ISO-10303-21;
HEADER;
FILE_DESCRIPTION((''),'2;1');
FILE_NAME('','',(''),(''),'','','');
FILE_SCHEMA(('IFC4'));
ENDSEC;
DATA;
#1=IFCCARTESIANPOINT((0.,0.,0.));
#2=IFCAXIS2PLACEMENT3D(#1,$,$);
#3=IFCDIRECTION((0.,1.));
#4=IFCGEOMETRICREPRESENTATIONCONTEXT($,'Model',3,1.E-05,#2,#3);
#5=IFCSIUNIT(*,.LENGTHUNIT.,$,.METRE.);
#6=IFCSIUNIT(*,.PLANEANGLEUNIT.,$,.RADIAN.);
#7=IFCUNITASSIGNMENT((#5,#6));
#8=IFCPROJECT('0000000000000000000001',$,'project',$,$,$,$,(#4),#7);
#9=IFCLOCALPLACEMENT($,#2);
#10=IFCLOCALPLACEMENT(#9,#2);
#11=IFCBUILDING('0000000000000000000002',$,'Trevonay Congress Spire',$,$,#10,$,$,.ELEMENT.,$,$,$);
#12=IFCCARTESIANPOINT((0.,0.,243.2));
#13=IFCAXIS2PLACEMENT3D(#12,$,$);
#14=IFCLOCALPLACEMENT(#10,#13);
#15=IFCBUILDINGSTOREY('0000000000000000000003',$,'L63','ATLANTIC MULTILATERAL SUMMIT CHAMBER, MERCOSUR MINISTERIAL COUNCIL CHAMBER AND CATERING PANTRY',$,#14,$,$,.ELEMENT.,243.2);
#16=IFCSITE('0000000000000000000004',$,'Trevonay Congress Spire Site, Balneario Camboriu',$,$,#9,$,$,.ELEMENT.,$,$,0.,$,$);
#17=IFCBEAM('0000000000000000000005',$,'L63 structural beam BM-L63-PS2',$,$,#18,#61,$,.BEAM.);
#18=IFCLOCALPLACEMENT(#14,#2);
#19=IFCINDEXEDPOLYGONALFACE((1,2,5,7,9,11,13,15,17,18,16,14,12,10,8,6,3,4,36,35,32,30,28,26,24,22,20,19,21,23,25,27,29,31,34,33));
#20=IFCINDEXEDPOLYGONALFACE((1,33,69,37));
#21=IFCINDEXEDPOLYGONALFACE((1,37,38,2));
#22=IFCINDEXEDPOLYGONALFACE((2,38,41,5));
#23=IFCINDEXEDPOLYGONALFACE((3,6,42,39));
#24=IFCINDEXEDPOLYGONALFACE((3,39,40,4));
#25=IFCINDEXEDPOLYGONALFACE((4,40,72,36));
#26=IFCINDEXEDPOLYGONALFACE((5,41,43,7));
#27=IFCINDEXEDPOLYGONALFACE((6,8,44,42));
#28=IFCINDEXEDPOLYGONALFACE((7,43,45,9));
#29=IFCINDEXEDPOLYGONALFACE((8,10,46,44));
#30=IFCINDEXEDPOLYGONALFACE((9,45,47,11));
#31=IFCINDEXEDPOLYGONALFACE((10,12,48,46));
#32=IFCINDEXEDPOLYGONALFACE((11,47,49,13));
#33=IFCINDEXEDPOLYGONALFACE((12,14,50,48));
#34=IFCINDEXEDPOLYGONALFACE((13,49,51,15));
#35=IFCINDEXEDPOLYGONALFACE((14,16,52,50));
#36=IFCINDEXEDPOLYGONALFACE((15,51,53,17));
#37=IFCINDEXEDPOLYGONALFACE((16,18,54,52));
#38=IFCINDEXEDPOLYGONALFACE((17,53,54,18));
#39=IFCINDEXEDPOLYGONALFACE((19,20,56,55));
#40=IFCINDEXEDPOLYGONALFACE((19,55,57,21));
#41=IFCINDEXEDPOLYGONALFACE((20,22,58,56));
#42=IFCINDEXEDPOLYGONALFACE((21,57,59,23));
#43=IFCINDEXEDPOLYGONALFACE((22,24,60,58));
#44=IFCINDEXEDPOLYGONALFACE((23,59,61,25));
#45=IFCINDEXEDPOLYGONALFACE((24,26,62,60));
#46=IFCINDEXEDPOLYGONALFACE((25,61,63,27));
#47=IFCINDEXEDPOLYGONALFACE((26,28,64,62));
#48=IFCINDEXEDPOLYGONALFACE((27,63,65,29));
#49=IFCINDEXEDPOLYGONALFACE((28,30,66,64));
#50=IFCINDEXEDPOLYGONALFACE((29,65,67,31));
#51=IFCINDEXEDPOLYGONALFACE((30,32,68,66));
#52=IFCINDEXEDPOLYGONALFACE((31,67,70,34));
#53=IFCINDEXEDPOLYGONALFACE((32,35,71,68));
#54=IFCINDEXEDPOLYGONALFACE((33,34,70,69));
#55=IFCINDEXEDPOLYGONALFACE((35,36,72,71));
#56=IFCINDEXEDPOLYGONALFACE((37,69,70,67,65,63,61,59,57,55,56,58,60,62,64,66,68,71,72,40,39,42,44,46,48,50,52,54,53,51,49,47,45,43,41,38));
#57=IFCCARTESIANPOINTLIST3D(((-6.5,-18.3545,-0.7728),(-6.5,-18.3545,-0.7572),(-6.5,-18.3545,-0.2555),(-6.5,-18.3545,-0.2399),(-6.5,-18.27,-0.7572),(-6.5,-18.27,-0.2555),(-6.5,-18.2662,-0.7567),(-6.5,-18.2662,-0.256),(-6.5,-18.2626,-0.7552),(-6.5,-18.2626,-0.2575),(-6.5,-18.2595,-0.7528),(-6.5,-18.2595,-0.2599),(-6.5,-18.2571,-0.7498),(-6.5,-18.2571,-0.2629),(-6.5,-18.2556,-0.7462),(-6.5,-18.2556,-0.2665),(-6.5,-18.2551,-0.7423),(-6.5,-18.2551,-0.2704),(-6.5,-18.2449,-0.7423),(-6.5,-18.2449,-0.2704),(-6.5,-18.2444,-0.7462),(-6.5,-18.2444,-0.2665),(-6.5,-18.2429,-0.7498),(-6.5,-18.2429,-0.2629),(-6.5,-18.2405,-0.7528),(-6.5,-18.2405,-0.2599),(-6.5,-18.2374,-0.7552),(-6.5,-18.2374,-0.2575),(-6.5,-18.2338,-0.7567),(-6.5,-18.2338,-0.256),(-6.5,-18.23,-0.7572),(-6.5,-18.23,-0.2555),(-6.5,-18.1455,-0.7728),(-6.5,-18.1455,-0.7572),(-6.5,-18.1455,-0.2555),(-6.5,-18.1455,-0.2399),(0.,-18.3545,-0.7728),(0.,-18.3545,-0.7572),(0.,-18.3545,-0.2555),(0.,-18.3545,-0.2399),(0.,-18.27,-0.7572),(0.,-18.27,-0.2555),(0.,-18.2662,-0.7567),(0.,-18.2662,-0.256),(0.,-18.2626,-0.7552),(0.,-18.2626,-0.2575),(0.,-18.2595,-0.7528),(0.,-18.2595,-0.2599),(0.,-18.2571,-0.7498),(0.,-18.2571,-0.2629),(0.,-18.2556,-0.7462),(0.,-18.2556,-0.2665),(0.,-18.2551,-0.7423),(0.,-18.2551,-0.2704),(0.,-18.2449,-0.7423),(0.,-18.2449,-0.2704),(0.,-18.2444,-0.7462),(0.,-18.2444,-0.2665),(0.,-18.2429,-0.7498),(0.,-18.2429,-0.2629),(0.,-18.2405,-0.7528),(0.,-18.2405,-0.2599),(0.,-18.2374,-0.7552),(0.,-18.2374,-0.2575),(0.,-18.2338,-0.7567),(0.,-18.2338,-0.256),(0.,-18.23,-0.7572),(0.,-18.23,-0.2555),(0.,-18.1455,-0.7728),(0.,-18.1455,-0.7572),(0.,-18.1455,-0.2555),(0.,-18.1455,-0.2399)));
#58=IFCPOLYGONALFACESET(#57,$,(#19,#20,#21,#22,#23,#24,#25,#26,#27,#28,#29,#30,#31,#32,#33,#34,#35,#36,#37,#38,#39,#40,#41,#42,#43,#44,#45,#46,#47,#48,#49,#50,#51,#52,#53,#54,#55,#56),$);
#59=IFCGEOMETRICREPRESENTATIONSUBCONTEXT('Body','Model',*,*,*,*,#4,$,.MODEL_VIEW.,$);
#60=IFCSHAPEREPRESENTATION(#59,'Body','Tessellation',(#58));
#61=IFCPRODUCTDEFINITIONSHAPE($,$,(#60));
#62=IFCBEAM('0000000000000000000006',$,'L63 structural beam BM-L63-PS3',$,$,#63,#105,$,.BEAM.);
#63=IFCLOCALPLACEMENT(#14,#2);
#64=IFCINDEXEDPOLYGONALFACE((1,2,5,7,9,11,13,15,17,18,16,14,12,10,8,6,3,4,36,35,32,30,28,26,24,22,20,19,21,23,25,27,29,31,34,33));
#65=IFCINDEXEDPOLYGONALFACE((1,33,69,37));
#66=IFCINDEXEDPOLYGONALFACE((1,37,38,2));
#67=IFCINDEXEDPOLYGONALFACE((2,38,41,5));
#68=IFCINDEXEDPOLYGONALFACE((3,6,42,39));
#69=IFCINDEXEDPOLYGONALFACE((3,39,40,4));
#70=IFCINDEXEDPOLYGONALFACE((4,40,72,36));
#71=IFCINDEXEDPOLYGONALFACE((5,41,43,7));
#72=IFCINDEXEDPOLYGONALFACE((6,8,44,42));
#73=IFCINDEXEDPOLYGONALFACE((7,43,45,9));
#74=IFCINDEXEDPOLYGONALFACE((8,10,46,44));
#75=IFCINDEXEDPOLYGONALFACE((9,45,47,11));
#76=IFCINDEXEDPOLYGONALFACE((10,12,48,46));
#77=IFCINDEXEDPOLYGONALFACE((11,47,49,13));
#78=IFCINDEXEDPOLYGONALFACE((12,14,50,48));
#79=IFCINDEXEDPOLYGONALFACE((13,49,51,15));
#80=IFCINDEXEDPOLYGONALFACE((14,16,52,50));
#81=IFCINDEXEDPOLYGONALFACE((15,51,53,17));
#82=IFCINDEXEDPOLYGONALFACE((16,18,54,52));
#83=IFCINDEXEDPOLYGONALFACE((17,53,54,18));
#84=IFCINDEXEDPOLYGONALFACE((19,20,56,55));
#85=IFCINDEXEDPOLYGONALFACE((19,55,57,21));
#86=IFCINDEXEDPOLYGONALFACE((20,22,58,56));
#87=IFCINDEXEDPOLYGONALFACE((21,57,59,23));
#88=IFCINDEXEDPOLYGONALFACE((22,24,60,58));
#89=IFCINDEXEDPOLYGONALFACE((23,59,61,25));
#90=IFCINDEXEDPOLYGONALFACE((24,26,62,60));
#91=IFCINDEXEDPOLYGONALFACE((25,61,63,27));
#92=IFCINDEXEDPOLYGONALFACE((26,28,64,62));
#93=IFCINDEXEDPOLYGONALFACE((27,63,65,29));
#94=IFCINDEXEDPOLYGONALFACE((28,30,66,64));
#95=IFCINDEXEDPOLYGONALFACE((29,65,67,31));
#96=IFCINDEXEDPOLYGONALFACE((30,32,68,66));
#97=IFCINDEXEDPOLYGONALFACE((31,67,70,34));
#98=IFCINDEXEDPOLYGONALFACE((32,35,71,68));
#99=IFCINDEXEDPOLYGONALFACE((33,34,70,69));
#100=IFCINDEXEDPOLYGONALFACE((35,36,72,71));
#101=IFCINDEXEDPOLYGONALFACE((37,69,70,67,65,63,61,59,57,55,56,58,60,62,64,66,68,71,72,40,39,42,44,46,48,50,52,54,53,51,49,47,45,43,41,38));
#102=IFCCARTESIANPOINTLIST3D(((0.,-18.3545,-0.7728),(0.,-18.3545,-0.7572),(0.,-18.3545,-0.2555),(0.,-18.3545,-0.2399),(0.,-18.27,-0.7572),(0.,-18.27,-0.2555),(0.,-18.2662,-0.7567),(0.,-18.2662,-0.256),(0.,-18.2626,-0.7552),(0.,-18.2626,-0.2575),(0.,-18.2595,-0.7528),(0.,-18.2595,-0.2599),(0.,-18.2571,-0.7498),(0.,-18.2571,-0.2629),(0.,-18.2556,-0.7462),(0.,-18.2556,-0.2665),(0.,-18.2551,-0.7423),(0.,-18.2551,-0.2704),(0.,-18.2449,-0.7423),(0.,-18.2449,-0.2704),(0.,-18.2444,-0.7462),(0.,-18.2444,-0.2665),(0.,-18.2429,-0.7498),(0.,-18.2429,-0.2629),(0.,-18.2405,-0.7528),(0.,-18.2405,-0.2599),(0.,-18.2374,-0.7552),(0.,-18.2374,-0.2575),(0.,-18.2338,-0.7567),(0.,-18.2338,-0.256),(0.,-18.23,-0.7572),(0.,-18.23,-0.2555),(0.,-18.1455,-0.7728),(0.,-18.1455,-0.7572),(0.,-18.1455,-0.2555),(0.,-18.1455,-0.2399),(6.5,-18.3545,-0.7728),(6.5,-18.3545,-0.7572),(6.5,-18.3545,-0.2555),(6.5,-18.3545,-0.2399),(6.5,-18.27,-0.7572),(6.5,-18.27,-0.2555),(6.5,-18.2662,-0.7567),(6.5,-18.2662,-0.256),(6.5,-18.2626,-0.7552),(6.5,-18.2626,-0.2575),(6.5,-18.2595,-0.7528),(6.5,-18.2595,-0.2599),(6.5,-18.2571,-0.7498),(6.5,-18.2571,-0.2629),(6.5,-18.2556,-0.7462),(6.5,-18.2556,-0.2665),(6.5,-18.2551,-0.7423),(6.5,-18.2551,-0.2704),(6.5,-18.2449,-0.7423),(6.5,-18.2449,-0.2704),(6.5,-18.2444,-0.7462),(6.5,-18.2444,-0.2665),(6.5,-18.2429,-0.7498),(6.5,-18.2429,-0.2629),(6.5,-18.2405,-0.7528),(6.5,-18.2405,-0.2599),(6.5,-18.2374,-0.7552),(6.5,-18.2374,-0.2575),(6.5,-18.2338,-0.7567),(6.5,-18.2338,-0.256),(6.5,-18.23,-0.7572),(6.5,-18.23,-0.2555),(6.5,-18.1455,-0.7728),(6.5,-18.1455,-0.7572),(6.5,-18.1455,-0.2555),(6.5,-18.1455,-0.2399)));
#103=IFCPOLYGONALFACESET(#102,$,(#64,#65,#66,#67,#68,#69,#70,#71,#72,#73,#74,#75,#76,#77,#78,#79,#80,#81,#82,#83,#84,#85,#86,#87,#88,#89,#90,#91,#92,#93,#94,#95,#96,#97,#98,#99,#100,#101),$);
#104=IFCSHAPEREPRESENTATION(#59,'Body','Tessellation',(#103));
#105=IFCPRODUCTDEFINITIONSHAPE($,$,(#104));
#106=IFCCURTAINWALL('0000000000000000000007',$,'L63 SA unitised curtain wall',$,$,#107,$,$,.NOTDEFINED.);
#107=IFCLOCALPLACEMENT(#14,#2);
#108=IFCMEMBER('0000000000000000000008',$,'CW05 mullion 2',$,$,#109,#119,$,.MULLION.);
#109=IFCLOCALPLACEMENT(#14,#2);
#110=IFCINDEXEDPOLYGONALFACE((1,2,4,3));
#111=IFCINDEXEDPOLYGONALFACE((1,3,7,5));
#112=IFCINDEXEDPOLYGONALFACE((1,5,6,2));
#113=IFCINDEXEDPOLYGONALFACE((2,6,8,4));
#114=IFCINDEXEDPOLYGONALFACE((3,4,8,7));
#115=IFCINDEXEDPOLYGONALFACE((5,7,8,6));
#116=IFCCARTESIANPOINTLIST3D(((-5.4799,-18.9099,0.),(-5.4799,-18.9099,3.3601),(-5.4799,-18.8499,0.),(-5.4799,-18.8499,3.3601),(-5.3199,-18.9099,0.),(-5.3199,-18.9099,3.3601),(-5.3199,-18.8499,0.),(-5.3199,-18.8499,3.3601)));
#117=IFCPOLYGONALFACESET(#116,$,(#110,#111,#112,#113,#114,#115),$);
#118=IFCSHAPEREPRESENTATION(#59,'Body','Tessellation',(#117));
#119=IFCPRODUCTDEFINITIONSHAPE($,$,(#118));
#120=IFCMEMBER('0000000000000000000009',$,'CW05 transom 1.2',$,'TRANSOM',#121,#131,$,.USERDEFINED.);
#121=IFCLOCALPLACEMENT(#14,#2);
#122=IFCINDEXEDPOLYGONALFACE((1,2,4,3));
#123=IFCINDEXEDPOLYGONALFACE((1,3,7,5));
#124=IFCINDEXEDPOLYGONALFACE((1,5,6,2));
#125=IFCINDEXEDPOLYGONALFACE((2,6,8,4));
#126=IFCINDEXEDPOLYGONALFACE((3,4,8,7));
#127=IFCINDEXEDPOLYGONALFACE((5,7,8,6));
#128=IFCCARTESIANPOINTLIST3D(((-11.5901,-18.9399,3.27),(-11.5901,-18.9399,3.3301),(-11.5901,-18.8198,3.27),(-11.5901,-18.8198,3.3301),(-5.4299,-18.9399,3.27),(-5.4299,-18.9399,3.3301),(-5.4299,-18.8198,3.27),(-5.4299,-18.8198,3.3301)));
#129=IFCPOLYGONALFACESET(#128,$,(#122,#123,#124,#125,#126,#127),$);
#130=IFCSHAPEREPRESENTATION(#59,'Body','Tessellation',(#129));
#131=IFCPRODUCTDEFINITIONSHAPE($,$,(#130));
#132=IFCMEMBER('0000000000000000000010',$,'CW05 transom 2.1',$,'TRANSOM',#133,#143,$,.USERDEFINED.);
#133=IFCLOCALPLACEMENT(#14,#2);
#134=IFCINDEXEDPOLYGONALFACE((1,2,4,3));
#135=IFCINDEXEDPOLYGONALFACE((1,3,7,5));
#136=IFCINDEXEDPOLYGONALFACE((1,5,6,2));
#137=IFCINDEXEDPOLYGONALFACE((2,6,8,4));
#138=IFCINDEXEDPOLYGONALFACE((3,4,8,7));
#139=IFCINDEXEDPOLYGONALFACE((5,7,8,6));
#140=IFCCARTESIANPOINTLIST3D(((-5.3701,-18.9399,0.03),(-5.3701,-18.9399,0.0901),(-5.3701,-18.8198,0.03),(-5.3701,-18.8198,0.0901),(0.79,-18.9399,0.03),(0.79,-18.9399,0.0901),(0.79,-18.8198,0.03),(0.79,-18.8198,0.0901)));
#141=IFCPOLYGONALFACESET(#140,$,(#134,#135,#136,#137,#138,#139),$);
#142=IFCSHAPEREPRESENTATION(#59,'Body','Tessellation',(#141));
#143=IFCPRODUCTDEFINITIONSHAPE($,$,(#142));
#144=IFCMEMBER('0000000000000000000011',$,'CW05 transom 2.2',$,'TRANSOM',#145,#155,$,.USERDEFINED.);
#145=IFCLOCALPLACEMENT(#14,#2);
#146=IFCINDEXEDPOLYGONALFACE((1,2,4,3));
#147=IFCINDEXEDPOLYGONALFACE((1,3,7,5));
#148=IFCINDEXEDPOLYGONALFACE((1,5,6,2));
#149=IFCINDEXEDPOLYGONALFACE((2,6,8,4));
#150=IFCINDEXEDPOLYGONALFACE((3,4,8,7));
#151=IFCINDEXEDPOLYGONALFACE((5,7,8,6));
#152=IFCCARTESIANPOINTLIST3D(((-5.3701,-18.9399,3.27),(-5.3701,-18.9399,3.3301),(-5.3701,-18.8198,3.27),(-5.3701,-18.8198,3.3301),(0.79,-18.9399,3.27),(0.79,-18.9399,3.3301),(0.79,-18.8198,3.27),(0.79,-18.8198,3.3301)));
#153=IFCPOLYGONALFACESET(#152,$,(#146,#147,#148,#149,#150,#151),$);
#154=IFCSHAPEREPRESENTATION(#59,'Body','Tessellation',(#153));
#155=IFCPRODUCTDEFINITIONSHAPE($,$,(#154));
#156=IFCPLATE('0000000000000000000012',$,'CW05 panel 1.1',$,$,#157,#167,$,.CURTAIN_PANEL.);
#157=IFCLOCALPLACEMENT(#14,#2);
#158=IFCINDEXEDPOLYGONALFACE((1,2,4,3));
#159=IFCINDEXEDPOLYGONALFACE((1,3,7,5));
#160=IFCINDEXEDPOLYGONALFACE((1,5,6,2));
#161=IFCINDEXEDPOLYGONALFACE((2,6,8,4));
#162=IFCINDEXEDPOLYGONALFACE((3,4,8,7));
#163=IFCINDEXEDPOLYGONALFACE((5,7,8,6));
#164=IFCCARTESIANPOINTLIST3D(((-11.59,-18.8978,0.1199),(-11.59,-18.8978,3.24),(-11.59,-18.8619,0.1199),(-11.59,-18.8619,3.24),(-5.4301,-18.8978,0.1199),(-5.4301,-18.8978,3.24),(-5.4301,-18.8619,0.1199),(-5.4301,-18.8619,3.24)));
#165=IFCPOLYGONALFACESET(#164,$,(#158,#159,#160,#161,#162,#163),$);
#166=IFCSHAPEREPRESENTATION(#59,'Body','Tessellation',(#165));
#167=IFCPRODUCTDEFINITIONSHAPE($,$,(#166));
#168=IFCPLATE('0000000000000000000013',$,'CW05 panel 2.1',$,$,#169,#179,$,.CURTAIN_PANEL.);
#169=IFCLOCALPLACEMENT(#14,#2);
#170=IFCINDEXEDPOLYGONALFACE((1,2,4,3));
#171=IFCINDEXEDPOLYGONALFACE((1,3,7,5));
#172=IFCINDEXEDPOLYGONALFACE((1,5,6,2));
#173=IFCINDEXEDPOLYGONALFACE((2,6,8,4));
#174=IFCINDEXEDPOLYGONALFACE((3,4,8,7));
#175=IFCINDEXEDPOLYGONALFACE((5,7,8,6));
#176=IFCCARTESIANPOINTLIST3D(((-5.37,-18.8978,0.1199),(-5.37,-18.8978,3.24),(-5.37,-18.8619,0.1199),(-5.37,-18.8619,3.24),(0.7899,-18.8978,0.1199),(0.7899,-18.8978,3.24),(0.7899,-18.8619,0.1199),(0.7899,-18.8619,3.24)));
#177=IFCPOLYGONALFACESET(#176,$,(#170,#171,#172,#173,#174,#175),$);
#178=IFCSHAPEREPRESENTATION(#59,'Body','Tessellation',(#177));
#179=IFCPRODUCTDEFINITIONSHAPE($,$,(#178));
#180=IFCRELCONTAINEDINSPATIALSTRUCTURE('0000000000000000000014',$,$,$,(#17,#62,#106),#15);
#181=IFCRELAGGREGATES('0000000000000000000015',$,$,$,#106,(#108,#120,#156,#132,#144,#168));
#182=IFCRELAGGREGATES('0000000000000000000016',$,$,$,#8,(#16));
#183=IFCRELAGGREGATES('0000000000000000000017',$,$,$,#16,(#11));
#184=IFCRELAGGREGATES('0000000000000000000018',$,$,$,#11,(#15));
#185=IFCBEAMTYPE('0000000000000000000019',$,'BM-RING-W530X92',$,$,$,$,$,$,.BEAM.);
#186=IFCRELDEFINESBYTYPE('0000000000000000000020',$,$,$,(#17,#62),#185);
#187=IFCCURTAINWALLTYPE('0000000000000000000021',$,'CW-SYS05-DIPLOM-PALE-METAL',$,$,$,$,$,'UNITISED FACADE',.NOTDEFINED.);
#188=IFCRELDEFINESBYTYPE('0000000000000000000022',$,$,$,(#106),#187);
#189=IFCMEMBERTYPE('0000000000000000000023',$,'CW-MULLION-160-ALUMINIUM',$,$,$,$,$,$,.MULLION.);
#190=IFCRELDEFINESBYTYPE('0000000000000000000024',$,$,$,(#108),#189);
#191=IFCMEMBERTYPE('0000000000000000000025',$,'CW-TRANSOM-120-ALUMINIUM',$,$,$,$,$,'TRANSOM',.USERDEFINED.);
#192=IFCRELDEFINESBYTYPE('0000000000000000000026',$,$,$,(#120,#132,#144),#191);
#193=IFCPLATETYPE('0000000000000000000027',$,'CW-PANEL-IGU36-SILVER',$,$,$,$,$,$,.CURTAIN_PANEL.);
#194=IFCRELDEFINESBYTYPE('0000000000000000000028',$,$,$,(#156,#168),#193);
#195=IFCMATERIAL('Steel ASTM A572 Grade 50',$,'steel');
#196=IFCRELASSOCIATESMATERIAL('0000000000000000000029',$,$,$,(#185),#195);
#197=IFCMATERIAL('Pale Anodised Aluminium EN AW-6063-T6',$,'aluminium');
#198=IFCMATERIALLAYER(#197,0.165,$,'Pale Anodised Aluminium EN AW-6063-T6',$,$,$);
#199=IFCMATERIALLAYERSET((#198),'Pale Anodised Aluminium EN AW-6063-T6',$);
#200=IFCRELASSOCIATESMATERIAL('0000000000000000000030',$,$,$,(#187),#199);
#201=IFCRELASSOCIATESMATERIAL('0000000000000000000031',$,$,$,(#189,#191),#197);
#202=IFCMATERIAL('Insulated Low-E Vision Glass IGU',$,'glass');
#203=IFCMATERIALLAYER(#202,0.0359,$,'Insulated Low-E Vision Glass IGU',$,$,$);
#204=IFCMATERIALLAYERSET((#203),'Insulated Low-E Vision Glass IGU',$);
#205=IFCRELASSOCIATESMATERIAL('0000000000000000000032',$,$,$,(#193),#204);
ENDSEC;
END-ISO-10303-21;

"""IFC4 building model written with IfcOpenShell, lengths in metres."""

from ifc_helpers import new_model, si_unit, direction, frame, origin, origin_2d, place, context, subcontext, project, spatial, rectangle, i_section, extrude, material, layer, layer_set, material_profile, profile_set, type_object, element, aggregate, save


model = new_model("IFC4")

# Units and contexts
model_context = context("Model", 3, precision=1e-05, world=origin(), true_north=direction((0.0, 1.0)))
body_context = subcontext(model_context, "Body", "Model", "MODEL_VIEW")
ifc_project = project(units=[si_unit("LENGTHUNIT", "METRE"), si_unit("PLANEANGLEUNIT", "RADIAN")], contexts=[model_context])

# Site, building, storey
site_placement = place(None, origin())
site = spatial("IfcSite", under=ifc_project, at=site_placement, Name="Trevonay Congress Spire Site, Balneario Camboriu", CompositionType="ELEMENT", RefElevation=0.0)
building_placement = place(site_placement, origin())
building = spatial("IfcBuilding", under=site, at=building_placement, Name="Trevonay Congress Spire", CompositionType="ELEMENT")
storey_placement = place(building_placement, frame((0.0, 0.0, 243.2)))
storey = spatial("IfcBuildingStorey", under=building, at=storey_placement, Name="L63", Description="ATLANTIC MULTILATERAL SUMMIT CHAMBER, MERCOSUR MINISTERIAL COUNCIL CHAMBER AND CATERING PANTRY", CompositionType="ELEMENT", Elevation=243.2)

# Shared definitions
ifc_material_1 = material(Name="Steel ASTM A572 Grade 50", Category="steel")

# Beams
ifc_material_profile_1 = material_profile(ifc_material_1, i_section(OverallWidth=0.209, OverallDepth=0.533, WebThickness=0.0103, FlangeThickness=0.0156, FilletRadius=0.0149, at=origin_2d()), Name="W530x92")
ifc_profile_set_1 = profile_set([ifc_material_profile_1], Name="Steel ASTM A572 Grade 50")
beam_type_1 = type_object("IfcBeamType", Name="BM-RING-W530X92", PredefinedType="BEAM", material=ifc_profile_set_1)
for number, where, z_axis, x_axis, name in (
    (1, (-6.5, -18.25, -0.5063), (1.0, 0.0, 0.0), (0.0, 1.0, 0.0), "L63 structural beam BM-L63-PS2"),
    (2, (0.0, -18.25, -0.5063), (1.0, 0.0, 0.0), (0.0, 1.0, 0.0), "L63 structural beam BM-L63-PS3"),
):
    element("IfcBeam", number, at=place(storey_placement, frame(where, z_axis=z_axis, x_axis=x_axis)), inside=storey, type_object=beam_type_1, Name=name, PredefinedType="BEAM", context=body_context, shape_type="SweptSolid", body=[
        extrude(i_section(OverallWidth=0.209, OverallDepth=0.533, WebThickness=0.0103, FlangeThickness=0.0156, FilletRadius=0.0149, at=origin_2d()), origin(), (0.0, 0.0, 1.0), 6.5),
    ])

# Curtain wall, members, plates
ifc_material_2 = material(Name="Pale Anodised Aluminium EN AW-6063-T6", Category="aluminium")
ifc_layer_1 = layer(ifc_material_2, 0.165, Name="Pale Anodised Aluminium EN AW-6063-T6")
ifc_layer_set_1 = layer_set([ifc_layer_1], Name="Pale Anodised Aluminium EN AW-6063-T6")
curtain_wall_type = type_object("IfcCurtainWallType", Name="CW-SYS05-DIPLOM-PALE-METAL", ElementType="UNITISED FACADE", PredefinedType="NOTDEFINED", material=ifc_layer_set_1)
curtain_wall_placement = place(storey_placement, origin())
curtain_wall = element("IfcCurtainWall", 3, at=curtain_wall_placement, inside=storey, type_object=curtain_wall_type, Name="L63 SA unitised curtain wall", PredefinedType="NOTDEFINED")
ifc_material_profile_2 = material_profile(ifc_material_2, rectangle(XDim=0.0601, YDim=0.1599, at=origin_2d()), Name="CW-MULLION-160-ALUMINIUM")
ifc_profile_set_2 = profile_set([ifc_material_profile_2], Name="Pale Anodised Aluminium EN AW-6063-T6")
member_type_1 = type_object("IfcMemberType", Name="CW-MULLION-160-ALUMINIUM", PredefinedType="MULLION", material=ifc_profile_set_2)
member_1_placement = place(storey_placement, frame((-5.3999, -18.8799, 0.0), z_axis=(0.0, 0.0, 1.0), x_axis=(0.0, 1.0, 0.0)))
member_1 = element("IfcMember", 4, at=member_1_placement, type_object=member_type_1, Name="CW05 mullion 2", PredefinedType="MULLION", context=body_context, shape_type="SweptSolid", body=[
    extrude(rectangle(XDim=0.0601, YDim=0.1599, at=origin_2d()), origin(), (0.0, 0.0, 1.0), 3.3601),
])
ifc_material_profile_3 = material_profile(ifc_material_2, rectangle(XDim=0.1201, YDim=0.0601, at=origin_2d()), Name="CW-TRANSOM-120-ALUMINIUM")
ifc_profile_set_3 = profile_set([ifc_material_profile_3], Name="Pale Anodised Aluminium EN AW-6063-T6")
member_type_2 = type_object("IfcMemberType", Name="CW-TRANSOM-120-ALUMINIUM", ElementType="TRANSOM", PredefinedType="USERDEFINED", material=ifc_profile_set_3)
member_2_placement = place(storey_placement, frame((-11.5901, -18.8799, 3.3), z_axis=(1.0, 0.0, 0.0), x_axis=(0.0, 1.0, 0.0)))
member_2 = element("IfcMember", 5, at=member_2_placement, type_object=member_type_2, Name="CW05 transom 1.2", ObjectType="TRANSOM", PredefinedType="USERDEFINED", context=body_context, shape_type="SweptSolid", body=[
    extrude(rectangle(XDim=0.1201, YDim=0.0601, at=origin_2d()), origin(), (0.0, 0.0, 1.0), 6.1602),
])
member_3_placement = place(storey_placement, frame((-5.3701, -18.8799, 0.0601), z_axis=(1.0, 0.0, 0.0), x_axis=(0.0, 1.0, 0.0)))
member_3 = element("IfcMember", 6, at=member_3_placement, type_object=member_type_2, Name="CW05 transom 2.1", ObjectType="TRANSOM", PredefinedType="USERDEFINED", context=body_context, shape_type="SweptSolid", body=[
    extrude(rectangle(XDim=0.1201, YDim=0.0601, at=origin_2d()), origin(), (0.0, 0.0, 1.0), 6.1602),
])
member_4_placement = place(storey_placement, frame((-5.3701, -18.8799, 3.3), z_axis=(1.0, 0.0, 0.0), x_axis=(0.0, 1.0, 0.0)))
member_4 = element("IfcMember", 7, at=member_4_placement, type_object=member_type_2, Name="CW05 transom 2.2", ObjectType="TRANSOM", PredefinedType="USERDEFINED", context=body_context, shape_type="SweptSolid", body=[
    extrude(rectangle(XDim=0.1201, YDim=0.0601, at=origin_2d()), origin(), (0.0, 0.0, 1.0), 6.1602),
])
ifc_material_3 = material(Name="Insulated Low-E Vision Glass IGU", Category="glass")
ifc_layer_2 = layer(ifc_material_3, 0.0359, Name="Insulated Low-E Vision Glass IGU")
ifc_layer_set_2 = layer_set([ifc_layer_2], Name="Insulated Low-E Vision Glass IGU")
plate_type = type_object("IfcPlateType", Name="CW-PANEL-IGU36-SILVER", PredefinedType="CURTAIN_PANEL", material=ifc_layer_set_2)
plate_1_placement = place(storey_placement, frame((-8.51, -18.8799, 0.1199), z_axis=(0.0, 0.0, 1.0), x_axis=(1.0, 0.0, 0.0)))
plate_1 = element("IfcPlate", 8, at=plate_1_placement, type_object=plate_type, Name="CW05 panel 1.1", PredefinedType="CURTAIN_PANEL", context=body_context, shape_type="SweptSolid", body=[
    extrude(rectangle(XDim=6.1599, YDim=0.0359, at=origin_2d()), origin(), (0.0, 0.0, 1.0), 3.1201),
])
plate_2_placement = place(storey_placement, frame((-2.29, -18.8799, 0.1199), z_axis=(0.0, 0.0, 1.0), x_axis=(1.0, 0.0, 0.0)))
plate_2 = element("IfcPlate", 9, at=plate_2_placement, type_object=plate_type, Name="CW05 panel 2.1", PredefinedType="CURTAIN_PANEL", context=body_context, shape_type="SweptSolid", body=[
    extrude(rectangle(XDim=6.1599, YDim=0.0359, at=origin_2d()), origin(), (0.0, 0.0, 1.0), 3.1201),
])
aggregate(curtain_wall, [member_1, member_2, plate_1, member_3, member_4, plate_2])

save(model, "model.ifc")
